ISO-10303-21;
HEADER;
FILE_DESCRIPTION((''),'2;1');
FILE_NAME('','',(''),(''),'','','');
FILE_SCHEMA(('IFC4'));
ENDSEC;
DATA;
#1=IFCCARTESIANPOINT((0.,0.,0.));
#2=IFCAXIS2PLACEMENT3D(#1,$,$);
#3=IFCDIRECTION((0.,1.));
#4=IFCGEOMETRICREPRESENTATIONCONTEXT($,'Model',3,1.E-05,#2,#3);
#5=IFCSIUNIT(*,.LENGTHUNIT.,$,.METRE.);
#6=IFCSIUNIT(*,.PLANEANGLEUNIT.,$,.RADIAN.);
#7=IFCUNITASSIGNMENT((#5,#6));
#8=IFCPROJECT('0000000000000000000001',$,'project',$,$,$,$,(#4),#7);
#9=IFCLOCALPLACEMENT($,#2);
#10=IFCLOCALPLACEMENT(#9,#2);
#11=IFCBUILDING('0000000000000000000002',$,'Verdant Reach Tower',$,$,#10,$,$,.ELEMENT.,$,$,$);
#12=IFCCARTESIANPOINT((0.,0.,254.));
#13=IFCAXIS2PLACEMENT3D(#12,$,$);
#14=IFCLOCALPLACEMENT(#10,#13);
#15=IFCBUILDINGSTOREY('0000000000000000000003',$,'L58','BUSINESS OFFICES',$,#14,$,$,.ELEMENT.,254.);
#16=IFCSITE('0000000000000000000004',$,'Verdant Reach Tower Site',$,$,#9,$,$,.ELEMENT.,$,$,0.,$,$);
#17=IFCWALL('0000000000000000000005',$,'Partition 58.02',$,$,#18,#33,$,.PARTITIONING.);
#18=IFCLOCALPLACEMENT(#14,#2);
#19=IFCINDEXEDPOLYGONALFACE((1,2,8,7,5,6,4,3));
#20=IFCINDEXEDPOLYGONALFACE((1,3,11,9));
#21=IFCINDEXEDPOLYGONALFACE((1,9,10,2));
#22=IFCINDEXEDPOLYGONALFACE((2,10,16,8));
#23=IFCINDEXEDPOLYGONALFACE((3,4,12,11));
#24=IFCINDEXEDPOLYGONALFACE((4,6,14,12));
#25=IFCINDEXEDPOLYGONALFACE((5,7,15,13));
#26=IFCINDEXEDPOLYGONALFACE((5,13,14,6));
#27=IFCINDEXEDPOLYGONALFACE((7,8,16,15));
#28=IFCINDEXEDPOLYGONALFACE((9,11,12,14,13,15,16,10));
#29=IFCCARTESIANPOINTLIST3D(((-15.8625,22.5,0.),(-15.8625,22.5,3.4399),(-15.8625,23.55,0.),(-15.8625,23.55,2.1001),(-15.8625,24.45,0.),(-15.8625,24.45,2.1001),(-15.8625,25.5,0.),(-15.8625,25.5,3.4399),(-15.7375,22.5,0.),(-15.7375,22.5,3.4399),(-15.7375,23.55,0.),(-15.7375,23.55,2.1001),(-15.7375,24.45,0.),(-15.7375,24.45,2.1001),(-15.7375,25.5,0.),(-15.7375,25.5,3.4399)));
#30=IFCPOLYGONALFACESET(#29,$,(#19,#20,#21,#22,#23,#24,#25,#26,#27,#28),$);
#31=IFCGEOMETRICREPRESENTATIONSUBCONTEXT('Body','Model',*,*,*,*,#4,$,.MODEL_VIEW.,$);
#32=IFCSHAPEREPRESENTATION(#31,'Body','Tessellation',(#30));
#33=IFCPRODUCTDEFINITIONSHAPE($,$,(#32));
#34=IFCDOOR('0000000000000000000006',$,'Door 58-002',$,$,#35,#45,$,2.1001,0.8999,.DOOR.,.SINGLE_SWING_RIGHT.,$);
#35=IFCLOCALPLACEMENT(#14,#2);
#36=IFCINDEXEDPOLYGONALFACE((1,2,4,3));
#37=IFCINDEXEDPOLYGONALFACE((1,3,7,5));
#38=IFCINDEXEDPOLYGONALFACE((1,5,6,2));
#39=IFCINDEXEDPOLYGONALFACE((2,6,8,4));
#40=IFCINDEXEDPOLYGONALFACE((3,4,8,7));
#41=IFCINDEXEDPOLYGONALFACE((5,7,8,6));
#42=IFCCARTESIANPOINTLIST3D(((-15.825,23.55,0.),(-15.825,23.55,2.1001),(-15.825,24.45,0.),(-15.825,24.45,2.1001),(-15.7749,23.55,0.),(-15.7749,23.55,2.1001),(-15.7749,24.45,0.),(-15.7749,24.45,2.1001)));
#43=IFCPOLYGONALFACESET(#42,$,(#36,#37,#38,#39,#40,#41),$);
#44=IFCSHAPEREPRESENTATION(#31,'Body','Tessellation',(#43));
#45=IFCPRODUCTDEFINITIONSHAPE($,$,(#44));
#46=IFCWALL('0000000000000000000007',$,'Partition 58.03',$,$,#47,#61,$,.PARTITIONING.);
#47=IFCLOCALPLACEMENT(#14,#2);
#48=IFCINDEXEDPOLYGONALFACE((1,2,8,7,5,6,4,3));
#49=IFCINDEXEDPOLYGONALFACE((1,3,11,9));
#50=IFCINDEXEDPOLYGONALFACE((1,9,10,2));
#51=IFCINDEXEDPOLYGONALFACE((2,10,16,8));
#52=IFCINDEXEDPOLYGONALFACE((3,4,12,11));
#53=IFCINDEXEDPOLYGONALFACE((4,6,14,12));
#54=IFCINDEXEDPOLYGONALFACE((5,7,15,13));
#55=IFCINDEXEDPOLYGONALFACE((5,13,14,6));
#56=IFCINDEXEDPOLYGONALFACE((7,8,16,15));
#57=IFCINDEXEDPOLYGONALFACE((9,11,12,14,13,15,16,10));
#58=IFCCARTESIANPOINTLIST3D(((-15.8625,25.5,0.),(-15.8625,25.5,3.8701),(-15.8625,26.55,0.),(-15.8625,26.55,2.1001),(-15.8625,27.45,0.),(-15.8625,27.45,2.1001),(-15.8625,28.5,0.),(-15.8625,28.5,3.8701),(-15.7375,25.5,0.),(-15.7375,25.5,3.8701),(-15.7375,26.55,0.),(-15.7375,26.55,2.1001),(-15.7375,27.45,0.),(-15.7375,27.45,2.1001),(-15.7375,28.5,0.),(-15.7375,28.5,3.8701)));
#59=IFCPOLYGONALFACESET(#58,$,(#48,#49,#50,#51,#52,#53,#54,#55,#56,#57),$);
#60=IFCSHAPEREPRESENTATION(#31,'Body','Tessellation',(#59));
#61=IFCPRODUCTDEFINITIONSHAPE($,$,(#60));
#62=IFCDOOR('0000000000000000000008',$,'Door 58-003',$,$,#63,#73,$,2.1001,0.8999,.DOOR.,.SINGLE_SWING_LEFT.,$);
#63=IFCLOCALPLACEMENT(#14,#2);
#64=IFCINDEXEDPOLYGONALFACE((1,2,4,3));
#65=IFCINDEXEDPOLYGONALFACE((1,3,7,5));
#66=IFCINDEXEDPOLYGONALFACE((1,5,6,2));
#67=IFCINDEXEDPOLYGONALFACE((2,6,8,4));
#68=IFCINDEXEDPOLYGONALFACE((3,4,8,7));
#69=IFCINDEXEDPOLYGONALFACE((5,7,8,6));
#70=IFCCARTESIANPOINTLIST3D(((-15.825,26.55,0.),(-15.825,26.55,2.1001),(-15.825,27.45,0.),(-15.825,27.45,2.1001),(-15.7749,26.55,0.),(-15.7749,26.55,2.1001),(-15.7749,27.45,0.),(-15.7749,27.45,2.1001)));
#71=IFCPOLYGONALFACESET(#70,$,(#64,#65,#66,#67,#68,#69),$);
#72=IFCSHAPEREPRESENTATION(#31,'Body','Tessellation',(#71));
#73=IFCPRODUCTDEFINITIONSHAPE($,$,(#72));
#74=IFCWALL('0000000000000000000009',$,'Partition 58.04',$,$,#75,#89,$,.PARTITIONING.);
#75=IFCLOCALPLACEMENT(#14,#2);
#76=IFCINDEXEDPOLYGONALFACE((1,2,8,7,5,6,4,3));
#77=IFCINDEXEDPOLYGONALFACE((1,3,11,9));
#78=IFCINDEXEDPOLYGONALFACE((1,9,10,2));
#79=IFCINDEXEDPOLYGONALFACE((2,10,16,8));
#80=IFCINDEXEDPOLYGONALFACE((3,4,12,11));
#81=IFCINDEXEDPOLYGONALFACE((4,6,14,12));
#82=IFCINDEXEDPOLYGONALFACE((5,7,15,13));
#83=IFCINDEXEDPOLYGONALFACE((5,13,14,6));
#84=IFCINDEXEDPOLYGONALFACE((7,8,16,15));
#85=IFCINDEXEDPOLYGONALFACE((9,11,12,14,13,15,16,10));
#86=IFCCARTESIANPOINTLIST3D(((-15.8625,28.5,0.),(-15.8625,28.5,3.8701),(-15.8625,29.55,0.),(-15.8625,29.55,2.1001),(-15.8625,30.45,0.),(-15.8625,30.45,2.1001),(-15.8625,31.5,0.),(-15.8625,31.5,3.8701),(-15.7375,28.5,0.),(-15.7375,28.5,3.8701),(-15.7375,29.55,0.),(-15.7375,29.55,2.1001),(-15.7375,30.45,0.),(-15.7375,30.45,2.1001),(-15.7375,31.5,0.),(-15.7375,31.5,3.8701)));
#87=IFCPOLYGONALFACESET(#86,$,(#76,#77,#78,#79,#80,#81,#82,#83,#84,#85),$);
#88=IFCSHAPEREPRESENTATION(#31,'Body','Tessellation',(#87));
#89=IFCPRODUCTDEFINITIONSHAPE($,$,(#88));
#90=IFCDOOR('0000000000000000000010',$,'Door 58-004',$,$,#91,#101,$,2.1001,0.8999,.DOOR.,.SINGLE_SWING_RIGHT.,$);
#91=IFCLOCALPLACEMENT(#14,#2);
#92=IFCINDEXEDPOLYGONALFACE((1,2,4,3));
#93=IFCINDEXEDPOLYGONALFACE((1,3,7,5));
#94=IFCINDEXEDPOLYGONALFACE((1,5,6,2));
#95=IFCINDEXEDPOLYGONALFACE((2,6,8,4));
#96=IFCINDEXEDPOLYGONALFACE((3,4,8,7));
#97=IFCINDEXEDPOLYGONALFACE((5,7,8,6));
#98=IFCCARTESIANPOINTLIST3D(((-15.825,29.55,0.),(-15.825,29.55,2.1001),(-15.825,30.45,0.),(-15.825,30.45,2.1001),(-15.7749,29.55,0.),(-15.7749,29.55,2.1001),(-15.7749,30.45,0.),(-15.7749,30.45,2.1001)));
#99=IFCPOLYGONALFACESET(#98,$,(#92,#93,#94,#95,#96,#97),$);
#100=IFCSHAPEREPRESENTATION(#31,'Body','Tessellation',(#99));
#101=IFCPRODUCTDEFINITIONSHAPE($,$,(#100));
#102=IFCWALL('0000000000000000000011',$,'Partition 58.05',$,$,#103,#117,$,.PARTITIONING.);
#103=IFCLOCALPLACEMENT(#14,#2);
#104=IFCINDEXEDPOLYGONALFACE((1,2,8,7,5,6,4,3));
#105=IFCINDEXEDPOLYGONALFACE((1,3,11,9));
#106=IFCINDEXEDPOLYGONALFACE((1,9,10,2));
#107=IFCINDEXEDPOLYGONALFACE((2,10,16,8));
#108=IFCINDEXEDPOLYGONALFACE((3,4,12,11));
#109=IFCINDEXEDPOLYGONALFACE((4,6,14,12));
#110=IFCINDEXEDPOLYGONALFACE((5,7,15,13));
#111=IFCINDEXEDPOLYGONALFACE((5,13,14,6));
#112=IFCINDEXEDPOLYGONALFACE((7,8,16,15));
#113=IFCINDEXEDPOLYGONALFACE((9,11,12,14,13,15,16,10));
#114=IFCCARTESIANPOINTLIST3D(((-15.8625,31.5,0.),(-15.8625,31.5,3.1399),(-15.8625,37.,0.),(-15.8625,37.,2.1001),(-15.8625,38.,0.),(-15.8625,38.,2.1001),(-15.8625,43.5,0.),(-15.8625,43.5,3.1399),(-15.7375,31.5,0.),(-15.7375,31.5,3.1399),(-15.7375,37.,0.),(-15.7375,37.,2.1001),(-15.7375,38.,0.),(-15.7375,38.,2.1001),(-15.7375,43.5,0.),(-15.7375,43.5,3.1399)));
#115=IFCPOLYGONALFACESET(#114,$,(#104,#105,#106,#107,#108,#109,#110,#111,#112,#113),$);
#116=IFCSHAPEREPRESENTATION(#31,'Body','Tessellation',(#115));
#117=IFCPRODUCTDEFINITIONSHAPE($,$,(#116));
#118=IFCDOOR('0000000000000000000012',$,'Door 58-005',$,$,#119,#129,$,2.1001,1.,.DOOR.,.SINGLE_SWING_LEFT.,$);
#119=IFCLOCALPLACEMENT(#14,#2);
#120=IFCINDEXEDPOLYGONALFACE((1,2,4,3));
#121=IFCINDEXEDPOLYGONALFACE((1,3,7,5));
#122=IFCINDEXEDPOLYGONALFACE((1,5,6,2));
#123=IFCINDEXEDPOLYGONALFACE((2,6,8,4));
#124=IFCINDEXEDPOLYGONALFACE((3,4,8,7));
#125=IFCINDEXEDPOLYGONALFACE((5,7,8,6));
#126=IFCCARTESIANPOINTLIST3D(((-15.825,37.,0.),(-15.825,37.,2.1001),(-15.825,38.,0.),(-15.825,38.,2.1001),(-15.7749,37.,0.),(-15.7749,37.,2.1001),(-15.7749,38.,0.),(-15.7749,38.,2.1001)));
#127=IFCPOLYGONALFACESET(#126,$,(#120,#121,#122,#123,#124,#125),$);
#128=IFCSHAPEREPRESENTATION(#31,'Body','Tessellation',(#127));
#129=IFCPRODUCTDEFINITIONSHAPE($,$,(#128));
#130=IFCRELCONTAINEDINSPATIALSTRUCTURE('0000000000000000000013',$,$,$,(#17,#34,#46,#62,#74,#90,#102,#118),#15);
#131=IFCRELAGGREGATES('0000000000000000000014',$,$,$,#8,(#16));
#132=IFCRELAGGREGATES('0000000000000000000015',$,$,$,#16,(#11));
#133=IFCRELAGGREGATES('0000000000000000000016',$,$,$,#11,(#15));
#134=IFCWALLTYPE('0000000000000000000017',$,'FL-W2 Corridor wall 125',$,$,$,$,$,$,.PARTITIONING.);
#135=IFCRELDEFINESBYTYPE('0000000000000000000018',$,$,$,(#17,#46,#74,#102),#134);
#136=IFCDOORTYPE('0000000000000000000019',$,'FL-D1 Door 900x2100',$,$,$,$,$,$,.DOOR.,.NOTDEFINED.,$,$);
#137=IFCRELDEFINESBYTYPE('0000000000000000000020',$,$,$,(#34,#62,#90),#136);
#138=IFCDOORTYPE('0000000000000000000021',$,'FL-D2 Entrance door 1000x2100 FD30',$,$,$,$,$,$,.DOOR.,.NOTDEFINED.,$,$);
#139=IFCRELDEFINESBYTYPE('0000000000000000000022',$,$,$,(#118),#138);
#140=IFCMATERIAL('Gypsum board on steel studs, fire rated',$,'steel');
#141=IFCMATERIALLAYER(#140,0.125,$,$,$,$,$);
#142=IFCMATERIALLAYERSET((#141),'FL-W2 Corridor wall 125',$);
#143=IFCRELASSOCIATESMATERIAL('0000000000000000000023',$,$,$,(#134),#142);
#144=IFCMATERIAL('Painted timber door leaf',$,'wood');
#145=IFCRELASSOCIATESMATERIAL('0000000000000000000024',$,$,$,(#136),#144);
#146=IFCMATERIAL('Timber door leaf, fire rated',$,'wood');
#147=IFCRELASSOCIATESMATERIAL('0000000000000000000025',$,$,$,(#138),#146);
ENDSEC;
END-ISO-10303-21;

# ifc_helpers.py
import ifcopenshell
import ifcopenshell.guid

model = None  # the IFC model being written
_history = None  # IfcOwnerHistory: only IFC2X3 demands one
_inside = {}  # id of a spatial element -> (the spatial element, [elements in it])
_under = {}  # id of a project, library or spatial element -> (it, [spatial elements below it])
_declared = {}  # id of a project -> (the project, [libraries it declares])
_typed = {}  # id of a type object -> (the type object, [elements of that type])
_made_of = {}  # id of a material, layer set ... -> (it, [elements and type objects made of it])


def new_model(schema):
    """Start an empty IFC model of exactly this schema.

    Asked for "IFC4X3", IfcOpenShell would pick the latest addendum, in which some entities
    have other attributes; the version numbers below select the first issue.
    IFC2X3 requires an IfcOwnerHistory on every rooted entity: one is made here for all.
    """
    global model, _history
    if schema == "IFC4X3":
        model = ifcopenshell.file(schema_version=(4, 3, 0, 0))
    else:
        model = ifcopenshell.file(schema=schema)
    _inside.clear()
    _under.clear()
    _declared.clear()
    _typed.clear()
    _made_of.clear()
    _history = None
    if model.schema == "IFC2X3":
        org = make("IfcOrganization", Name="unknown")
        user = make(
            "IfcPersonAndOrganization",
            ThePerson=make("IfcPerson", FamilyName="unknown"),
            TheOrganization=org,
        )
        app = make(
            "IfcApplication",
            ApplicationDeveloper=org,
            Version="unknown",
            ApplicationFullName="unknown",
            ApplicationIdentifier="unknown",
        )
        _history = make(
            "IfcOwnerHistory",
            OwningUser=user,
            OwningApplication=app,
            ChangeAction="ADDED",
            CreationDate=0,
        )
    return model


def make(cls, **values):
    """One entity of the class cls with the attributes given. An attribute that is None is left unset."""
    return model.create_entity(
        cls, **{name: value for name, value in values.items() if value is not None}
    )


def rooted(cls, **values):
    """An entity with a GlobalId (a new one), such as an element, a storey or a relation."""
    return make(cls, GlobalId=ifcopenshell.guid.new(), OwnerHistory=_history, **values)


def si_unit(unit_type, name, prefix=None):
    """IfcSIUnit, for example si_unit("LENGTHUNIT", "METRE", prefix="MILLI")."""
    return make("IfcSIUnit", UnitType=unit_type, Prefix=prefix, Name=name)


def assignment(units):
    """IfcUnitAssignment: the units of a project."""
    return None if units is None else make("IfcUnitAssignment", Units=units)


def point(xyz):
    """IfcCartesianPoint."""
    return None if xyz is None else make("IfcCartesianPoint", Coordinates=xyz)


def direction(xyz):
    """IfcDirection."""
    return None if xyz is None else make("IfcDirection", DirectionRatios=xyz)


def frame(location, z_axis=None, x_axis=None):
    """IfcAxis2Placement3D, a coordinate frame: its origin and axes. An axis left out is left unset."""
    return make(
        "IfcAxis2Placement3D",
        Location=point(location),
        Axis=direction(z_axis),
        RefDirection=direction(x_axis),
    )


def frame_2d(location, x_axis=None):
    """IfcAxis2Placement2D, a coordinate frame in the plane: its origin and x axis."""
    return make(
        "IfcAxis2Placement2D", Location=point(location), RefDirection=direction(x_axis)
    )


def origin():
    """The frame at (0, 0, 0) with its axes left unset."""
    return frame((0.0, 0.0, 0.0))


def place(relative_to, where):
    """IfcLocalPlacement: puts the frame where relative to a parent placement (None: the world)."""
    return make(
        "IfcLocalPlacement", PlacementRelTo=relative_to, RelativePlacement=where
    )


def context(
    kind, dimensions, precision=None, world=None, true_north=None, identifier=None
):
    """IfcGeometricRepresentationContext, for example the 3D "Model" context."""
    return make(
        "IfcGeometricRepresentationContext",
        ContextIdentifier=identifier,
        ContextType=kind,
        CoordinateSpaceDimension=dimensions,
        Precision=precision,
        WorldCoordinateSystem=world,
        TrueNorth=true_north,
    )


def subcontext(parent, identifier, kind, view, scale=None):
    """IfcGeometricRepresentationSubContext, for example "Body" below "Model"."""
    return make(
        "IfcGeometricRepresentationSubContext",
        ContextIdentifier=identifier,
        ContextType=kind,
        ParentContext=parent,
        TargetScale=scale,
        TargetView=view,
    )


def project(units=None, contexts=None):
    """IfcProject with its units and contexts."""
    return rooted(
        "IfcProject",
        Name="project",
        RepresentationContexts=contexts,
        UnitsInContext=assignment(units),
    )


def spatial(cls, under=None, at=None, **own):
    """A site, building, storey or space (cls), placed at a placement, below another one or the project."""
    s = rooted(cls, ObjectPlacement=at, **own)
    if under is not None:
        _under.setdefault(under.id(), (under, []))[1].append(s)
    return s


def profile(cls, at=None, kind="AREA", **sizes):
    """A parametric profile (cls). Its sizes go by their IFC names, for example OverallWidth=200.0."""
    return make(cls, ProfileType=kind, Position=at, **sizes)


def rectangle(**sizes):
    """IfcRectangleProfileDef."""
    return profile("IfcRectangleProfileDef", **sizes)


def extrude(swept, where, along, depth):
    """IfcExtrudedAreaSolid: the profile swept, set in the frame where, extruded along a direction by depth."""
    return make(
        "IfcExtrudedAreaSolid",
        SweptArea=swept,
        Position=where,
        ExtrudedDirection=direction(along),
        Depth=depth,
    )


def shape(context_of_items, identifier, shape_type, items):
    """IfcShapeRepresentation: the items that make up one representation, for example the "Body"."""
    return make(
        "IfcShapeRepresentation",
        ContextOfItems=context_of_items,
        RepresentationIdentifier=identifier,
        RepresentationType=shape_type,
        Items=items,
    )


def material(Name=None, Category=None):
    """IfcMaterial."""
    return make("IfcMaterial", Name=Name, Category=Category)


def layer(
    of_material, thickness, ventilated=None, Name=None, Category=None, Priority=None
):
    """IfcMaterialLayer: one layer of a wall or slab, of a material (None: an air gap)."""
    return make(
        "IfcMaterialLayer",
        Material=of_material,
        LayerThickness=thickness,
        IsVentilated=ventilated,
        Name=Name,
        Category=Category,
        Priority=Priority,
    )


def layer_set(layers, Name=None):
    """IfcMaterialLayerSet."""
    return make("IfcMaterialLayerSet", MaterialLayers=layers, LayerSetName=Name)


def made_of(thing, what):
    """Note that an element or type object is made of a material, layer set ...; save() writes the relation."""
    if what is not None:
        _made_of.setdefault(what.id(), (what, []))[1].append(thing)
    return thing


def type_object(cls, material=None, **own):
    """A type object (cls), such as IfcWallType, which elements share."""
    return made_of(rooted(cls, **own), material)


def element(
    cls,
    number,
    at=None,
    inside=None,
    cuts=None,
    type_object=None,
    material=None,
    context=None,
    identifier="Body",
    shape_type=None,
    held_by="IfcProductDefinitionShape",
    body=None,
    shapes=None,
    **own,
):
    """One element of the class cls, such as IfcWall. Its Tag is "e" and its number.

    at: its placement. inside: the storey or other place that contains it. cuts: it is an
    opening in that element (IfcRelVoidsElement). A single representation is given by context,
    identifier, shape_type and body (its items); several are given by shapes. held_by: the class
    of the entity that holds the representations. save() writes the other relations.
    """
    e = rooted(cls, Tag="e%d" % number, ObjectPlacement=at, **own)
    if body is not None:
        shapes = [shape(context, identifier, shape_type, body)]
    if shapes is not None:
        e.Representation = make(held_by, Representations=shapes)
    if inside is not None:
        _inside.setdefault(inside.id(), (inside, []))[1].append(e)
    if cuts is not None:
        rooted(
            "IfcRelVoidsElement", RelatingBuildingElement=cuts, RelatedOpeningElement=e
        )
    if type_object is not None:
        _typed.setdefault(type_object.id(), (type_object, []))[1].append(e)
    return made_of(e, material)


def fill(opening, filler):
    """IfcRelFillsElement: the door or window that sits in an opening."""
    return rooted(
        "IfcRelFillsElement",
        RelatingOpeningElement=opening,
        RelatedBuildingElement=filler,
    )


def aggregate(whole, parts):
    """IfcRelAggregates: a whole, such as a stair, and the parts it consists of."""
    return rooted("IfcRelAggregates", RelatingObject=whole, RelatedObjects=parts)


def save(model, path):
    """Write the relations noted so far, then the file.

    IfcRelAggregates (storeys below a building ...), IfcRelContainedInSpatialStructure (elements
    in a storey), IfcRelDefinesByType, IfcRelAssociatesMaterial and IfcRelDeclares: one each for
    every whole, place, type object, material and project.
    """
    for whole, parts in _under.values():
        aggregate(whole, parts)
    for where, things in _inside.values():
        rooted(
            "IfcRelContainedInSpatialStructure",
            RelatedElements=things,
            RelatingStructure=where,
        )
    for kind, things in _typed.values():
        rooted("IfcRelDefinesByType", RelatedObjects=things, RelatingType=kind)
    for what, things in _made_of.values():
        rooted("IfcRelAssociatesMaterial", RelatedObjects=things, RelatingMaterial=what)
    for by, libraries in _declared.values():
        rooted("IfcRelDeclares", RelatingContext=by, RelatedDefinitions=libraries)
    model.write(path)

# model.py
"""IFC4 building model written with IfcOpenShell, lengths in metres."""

from ifc_helpers import new_model, si_unit, direction, frame, frame_2d, origin, place, context, subcontext, project, spatial, rectangle, extrude, material, layer, layer_set, type_object, element, fill, save


model = new_model("IFC4")

# Units and contexts
model_context = context("Model", 3, precision=1e-05, world=origin(), true_north=direction((0.0, 1.0)))
body_context = subcontext(model_context, "Body", "Model", "MODEL_VIEW")
ifc_project = project(units=[si_unit("LENGTHUNIT", "METRE"), si_unit("PLANEANGLEUNIT", "RADIAN")], contexts=[model_context])

# Site, building, storey
site_placement = place(None, origin())
site = spatial("IfcSite", under=ifc_project, at=site_placement, Name="Verdant Reach Tower Site", CompositionType="ELEMENT", RefElevation=0.0)
building_placement = place(site_placement, origin())
building = spatial("IfcBuilding", under=site, at=building_placement, Name="Verdant Reach Tower", CompositionType="ELEMENT")
storey_placement = place(building_placement, frame((0.0, 0.0, 254.0)))
storey = spatial("IfcBuildingStorey", under=building, at=storey_placement, Name="L58", Description="BUSINESS OFFICES", CompositionType="ELEMENT", Elevation=254.0)

# Walls, openings, doors
ifc_material_1 = material(Name="Gypsum board on steel studs, fire rated", Category="steel")
ifc_layer_1 = layer(ifc_material_1, 0.125)
ifc_layer_set_1 = layer_set([ifc_layer_1], Name="FL-W2 Corridor wall 125")
wall_type_1 = type_object("IfcWallType", Name="FL-W2 Corridor wall 125", PredefinedType="PARTITIONING", material=ifc_layer_set_1)
wall_1_placement = place(storey_placement, frame((-15.8, 22.5, 0.0), z_axis=(0.0, 0.0, 1.0), x_axis=(0.0, 1.0, 0.0)))
wall_1 = element("IfcWall", 1, at=wall_1_placement, inside=storey, type_object=wall_type_1, Name="Partition 58.02", PredefinedType="PARTITIONING", context=body_context, shape_type="SweptSolid", body=[
    extrude(rectangle(XDim=3.0, YDim=0.125, at=frame_2d((1.5, 0.0))), origin(), (0.0, 0.0, 1.0), 3.4399),
])
opening_1_placement = place(wall_1_placement, frame((1.05, 0.0, 0.0)))
opening_1 = element("IfcOpeningElement", 2, at=opening_1_placement, cuts=wall_1, PredefinedType="OPENING", context=body_context, shape_type="SweptSolid", body=[
    extrude(rectangle(XDim=0.8999, YDim=2.1001, at=frame_2d((0.45, 1.05))), frame((0.0, 0.0725, 0.0), z_axis=(0.0, -1.0, 0.0), x_axis=(1.0, 0.0, 0.0)), (0.0, 0.0, 1.0), 0.145),
])
ifc_material_2 = material(Name="Painted timber door leaf", Category="wood")
door_type_1 = type_object("IfcDoorType", Name="FL-D1 Door 900x2100", OperationType="NOTDEFINED", PredefinedType="DOOR", material=ifc_material_2)
door_1_placement = place(opening_1_placement, origin())
door_1 = element("IfcDoor", 3, at=door_1_placement, inside=storey, type_object=door_type_1, Name="Door 58-002", OperationType="SINGLE_SWING_RIGHT", OverallHeight=2.1001, OverallWidth=0.8999, PredefinedType="DOOR", context=body_context, shape_type="SweptSolid", body=[
    extrude(rectangle(XDim=0.8999, YDim=2.1001, at=frame_2d((0.45, 1.05))), frame((0.0, 0.0249, 0.0), z_axis=(0.0, -1.0, 0.0), x_axis=(1.0, 0.0, 0.0)), (0.0, 0.0, 1.0), 0.05),
])
fill(opening_1, door_1)
wall_2_placement = place(storey_placement, frame((-15.8, 25.5, 0.0), z_axis=(0.0, 0.0, 1.0), x_axis=(0.0, 1.0, 0.0)))
wall_2 = element("IfcWall", 4, at=wall_2_placement, inside=storey, type_object=wall_type_1, Name="Partition 58.03", PredefinedType="PARTITIONING", context=body_context, shape_type="SweptSolid", body=[
    extrude(rectangle(XDim=3.0, YDim=0.125, at=frame_2d((1.5, 0.0))), origin(), (0.0, 0.0, 1.0), 3.8701),
])
opening_2_placement = place(wall_2_placement, frame((1.05, 0.0, 0.0)))
opening_2 = element("IfcOpeningElement", 5, at=opening_2_placement, cuts=wall_2, PredefinedType="OPENING", context=body_context, shape_type="SweptSolid", body=[
    extrude(rectangle(XDim=0.8999, YDim=2.1001, at=frame_2d((0.45, 1.05))), frame((0.0, 0.0725, 0.0), z_axis=(0.0, -1.0, 0.0), x_axis=(1.0, 0.0, 0.0)), (0.0, 0.0, 1.0), 0.145),
])
door_2_placement = place(opening_2_placement, origin())
door_2 = element("IfcDoor", 6, at=door_2_placement, inside=storey, type_object=door_type_1, Name="Door 58-003", OperationType="SINGLE_SWING_LEFT", OverallHeight=2.1001, OverallWidth=0.8999, PredefinedType="DOOR", context=body_context, shape_type="SweptSolid", body=[
    extrude(rectangle(XDim=0.8999, YDim=2.1001, at=frame_2d((0.45, 1.05))), frame((0.0, 0.0249, 0.0), z_axis=(0.0, -1.0, 0.0), x_axis=(1.0, 0.0, 0.0)), (0.0, 0.0, 1.0), 0.05),
])
fill(opening_2, door_2)
wall_3_placement = place(storey_placement, frame((-15.8, 28.5, 0.0), z_axis=(0.0, 0.0, 1.0), x_axis=(0.0, 1.0, 0.0)))
wall_3 = element("IfcWall", 7, at=wall_3_placement, inside=storey, type_object=wall_type_1, Name="Partition 58.04", PredefinedType="PARTITIONING", context=body_context, shape_type="SweptSolid", body=[
    extrude(rectangle(XDim=3.0, YDim=0.125, at=frame_2d((1.5, 0.0))), origin(), (0.0, 0.0, 1.0), 3.8701),
])
opening_3_placement = place(wall_3_placement, frame((1.05, 0.0, 0.0)))
opening_3 = element("IfcOpeningElement", 8, at=opening_3_placement, cuts=wall_3, PredefinedType="OPENING", context=body_context, shape_type="SweptSolid", body=[
    extrude(rectangle(XDim=0.8999, YDim=2.1001, at=frame_2d((0.45, 1.05))), frame((0.0, 0.0725, 0.0), z_axis=(0.0, -1.0, 0.0), x_axis=(1.0, 0.0, 0.0)), (0.0, 0.0, 1.0), 0.145),
])
door_3_placement = place(opening_3_placement, origin())
door_3 = element("IfcDoor", 9, at=door_3_placement, inside=storey, type_object=door_type_1, Name="Door 58-004", OperationType="SINGLE_SWING_RIGHT", OverallHeight=2.1001, OverallWidth=0.8999, PredefinedType="DOOR", context=body_context, shape_type="SweptSolid", body=[
    extrude(rectangle(XDim=0.8999, YDim=2.1001, at=frame_2d((0.45, 1.05))), frame((0.0, 0.0249, 0.0), z_axis=(0.0, -1.0, 0.0), x_axis=(1.0, 0.0, 0.0)), (0.0, 0.0, 1.0), 0.05),
])
fill(opening_3, door_3)
wall_4_placement = place(storey_placement, frame((-15.8, 31.5, 0.0), z_axis=(0.0, 0.0, 1.0), x_axis=(0.0, 1.0, 0.0)))
wall_4 = element("IfcWall", 10, at=wall_4_placement, inside=storey, type_object=wall_type_1, Name="Partition 58.05", PredefinedType="PARTITIONING", context=body_context, shape_type="SweptSolid", body=[
    extrude(rectangle(XDim=12.0, YDim=0.125, at=frame_2d((6.0, 0.0))), origin(), (0.0, 0.0, 1.0), 3.1399),
])
opening_4_placement = place(wall_4_placement, frame((5.5, 0.0, 0.0)))
opening_4 = element("IfcOpeningElement", 11, at=opening_4_placement, cuts=wall_4, PredefinedType="OPENING", context=body_context, shape_type="SweptSolid", body=[
    extrude(rectangle(XDim=1.0, YDim=2.1001, at=frame_2d((0.5, 1.05))), frame((0.0, 0.0725, 0.0), z_axis=(0.0, -1.0, 0.0), x_axis=(1.0, 0.0, 0.0)), (0.0, 0.0, 1.0), 0.145),
])
ifc_material_3 = material(Name="Timber door leaf, fire rated", Category="wood")
door_type_2 = type_object("IfcDoorType", Name="FL-D2 Entrance door 1000x2100 FD30", OperationType="NOTDEFINED", PredefinedType="DOOR", material=ifc_material_3)
door_4_placement = place(opening_4_placement, origin())
door_4 = element("IfcDoor", 12, at=door_4_placement, inside=storey, type_object=door_type_2, Name="Door 58-005", OperationType="SINGLE_SWING_LEFT", OverallHeight=2.1001, OverallWidth=1.0, PredefinedType="DOOR", context=body_context, shape_type="SweptSolid", body=[
    extrude(rectangle(XDim=1.0, YDim=2.1001, at=frame_2d((0.5, 1.05))), frame((0.0, 0.0249, 0.0), z_axis=(0.0, -1.0, 0.0), x_axis=(1.0, 0.0, 0.0)), (0.0, 0.0, 1.0), 0.05),
])
fill(opening_4, door_4)

save(model, "model.ifc")
